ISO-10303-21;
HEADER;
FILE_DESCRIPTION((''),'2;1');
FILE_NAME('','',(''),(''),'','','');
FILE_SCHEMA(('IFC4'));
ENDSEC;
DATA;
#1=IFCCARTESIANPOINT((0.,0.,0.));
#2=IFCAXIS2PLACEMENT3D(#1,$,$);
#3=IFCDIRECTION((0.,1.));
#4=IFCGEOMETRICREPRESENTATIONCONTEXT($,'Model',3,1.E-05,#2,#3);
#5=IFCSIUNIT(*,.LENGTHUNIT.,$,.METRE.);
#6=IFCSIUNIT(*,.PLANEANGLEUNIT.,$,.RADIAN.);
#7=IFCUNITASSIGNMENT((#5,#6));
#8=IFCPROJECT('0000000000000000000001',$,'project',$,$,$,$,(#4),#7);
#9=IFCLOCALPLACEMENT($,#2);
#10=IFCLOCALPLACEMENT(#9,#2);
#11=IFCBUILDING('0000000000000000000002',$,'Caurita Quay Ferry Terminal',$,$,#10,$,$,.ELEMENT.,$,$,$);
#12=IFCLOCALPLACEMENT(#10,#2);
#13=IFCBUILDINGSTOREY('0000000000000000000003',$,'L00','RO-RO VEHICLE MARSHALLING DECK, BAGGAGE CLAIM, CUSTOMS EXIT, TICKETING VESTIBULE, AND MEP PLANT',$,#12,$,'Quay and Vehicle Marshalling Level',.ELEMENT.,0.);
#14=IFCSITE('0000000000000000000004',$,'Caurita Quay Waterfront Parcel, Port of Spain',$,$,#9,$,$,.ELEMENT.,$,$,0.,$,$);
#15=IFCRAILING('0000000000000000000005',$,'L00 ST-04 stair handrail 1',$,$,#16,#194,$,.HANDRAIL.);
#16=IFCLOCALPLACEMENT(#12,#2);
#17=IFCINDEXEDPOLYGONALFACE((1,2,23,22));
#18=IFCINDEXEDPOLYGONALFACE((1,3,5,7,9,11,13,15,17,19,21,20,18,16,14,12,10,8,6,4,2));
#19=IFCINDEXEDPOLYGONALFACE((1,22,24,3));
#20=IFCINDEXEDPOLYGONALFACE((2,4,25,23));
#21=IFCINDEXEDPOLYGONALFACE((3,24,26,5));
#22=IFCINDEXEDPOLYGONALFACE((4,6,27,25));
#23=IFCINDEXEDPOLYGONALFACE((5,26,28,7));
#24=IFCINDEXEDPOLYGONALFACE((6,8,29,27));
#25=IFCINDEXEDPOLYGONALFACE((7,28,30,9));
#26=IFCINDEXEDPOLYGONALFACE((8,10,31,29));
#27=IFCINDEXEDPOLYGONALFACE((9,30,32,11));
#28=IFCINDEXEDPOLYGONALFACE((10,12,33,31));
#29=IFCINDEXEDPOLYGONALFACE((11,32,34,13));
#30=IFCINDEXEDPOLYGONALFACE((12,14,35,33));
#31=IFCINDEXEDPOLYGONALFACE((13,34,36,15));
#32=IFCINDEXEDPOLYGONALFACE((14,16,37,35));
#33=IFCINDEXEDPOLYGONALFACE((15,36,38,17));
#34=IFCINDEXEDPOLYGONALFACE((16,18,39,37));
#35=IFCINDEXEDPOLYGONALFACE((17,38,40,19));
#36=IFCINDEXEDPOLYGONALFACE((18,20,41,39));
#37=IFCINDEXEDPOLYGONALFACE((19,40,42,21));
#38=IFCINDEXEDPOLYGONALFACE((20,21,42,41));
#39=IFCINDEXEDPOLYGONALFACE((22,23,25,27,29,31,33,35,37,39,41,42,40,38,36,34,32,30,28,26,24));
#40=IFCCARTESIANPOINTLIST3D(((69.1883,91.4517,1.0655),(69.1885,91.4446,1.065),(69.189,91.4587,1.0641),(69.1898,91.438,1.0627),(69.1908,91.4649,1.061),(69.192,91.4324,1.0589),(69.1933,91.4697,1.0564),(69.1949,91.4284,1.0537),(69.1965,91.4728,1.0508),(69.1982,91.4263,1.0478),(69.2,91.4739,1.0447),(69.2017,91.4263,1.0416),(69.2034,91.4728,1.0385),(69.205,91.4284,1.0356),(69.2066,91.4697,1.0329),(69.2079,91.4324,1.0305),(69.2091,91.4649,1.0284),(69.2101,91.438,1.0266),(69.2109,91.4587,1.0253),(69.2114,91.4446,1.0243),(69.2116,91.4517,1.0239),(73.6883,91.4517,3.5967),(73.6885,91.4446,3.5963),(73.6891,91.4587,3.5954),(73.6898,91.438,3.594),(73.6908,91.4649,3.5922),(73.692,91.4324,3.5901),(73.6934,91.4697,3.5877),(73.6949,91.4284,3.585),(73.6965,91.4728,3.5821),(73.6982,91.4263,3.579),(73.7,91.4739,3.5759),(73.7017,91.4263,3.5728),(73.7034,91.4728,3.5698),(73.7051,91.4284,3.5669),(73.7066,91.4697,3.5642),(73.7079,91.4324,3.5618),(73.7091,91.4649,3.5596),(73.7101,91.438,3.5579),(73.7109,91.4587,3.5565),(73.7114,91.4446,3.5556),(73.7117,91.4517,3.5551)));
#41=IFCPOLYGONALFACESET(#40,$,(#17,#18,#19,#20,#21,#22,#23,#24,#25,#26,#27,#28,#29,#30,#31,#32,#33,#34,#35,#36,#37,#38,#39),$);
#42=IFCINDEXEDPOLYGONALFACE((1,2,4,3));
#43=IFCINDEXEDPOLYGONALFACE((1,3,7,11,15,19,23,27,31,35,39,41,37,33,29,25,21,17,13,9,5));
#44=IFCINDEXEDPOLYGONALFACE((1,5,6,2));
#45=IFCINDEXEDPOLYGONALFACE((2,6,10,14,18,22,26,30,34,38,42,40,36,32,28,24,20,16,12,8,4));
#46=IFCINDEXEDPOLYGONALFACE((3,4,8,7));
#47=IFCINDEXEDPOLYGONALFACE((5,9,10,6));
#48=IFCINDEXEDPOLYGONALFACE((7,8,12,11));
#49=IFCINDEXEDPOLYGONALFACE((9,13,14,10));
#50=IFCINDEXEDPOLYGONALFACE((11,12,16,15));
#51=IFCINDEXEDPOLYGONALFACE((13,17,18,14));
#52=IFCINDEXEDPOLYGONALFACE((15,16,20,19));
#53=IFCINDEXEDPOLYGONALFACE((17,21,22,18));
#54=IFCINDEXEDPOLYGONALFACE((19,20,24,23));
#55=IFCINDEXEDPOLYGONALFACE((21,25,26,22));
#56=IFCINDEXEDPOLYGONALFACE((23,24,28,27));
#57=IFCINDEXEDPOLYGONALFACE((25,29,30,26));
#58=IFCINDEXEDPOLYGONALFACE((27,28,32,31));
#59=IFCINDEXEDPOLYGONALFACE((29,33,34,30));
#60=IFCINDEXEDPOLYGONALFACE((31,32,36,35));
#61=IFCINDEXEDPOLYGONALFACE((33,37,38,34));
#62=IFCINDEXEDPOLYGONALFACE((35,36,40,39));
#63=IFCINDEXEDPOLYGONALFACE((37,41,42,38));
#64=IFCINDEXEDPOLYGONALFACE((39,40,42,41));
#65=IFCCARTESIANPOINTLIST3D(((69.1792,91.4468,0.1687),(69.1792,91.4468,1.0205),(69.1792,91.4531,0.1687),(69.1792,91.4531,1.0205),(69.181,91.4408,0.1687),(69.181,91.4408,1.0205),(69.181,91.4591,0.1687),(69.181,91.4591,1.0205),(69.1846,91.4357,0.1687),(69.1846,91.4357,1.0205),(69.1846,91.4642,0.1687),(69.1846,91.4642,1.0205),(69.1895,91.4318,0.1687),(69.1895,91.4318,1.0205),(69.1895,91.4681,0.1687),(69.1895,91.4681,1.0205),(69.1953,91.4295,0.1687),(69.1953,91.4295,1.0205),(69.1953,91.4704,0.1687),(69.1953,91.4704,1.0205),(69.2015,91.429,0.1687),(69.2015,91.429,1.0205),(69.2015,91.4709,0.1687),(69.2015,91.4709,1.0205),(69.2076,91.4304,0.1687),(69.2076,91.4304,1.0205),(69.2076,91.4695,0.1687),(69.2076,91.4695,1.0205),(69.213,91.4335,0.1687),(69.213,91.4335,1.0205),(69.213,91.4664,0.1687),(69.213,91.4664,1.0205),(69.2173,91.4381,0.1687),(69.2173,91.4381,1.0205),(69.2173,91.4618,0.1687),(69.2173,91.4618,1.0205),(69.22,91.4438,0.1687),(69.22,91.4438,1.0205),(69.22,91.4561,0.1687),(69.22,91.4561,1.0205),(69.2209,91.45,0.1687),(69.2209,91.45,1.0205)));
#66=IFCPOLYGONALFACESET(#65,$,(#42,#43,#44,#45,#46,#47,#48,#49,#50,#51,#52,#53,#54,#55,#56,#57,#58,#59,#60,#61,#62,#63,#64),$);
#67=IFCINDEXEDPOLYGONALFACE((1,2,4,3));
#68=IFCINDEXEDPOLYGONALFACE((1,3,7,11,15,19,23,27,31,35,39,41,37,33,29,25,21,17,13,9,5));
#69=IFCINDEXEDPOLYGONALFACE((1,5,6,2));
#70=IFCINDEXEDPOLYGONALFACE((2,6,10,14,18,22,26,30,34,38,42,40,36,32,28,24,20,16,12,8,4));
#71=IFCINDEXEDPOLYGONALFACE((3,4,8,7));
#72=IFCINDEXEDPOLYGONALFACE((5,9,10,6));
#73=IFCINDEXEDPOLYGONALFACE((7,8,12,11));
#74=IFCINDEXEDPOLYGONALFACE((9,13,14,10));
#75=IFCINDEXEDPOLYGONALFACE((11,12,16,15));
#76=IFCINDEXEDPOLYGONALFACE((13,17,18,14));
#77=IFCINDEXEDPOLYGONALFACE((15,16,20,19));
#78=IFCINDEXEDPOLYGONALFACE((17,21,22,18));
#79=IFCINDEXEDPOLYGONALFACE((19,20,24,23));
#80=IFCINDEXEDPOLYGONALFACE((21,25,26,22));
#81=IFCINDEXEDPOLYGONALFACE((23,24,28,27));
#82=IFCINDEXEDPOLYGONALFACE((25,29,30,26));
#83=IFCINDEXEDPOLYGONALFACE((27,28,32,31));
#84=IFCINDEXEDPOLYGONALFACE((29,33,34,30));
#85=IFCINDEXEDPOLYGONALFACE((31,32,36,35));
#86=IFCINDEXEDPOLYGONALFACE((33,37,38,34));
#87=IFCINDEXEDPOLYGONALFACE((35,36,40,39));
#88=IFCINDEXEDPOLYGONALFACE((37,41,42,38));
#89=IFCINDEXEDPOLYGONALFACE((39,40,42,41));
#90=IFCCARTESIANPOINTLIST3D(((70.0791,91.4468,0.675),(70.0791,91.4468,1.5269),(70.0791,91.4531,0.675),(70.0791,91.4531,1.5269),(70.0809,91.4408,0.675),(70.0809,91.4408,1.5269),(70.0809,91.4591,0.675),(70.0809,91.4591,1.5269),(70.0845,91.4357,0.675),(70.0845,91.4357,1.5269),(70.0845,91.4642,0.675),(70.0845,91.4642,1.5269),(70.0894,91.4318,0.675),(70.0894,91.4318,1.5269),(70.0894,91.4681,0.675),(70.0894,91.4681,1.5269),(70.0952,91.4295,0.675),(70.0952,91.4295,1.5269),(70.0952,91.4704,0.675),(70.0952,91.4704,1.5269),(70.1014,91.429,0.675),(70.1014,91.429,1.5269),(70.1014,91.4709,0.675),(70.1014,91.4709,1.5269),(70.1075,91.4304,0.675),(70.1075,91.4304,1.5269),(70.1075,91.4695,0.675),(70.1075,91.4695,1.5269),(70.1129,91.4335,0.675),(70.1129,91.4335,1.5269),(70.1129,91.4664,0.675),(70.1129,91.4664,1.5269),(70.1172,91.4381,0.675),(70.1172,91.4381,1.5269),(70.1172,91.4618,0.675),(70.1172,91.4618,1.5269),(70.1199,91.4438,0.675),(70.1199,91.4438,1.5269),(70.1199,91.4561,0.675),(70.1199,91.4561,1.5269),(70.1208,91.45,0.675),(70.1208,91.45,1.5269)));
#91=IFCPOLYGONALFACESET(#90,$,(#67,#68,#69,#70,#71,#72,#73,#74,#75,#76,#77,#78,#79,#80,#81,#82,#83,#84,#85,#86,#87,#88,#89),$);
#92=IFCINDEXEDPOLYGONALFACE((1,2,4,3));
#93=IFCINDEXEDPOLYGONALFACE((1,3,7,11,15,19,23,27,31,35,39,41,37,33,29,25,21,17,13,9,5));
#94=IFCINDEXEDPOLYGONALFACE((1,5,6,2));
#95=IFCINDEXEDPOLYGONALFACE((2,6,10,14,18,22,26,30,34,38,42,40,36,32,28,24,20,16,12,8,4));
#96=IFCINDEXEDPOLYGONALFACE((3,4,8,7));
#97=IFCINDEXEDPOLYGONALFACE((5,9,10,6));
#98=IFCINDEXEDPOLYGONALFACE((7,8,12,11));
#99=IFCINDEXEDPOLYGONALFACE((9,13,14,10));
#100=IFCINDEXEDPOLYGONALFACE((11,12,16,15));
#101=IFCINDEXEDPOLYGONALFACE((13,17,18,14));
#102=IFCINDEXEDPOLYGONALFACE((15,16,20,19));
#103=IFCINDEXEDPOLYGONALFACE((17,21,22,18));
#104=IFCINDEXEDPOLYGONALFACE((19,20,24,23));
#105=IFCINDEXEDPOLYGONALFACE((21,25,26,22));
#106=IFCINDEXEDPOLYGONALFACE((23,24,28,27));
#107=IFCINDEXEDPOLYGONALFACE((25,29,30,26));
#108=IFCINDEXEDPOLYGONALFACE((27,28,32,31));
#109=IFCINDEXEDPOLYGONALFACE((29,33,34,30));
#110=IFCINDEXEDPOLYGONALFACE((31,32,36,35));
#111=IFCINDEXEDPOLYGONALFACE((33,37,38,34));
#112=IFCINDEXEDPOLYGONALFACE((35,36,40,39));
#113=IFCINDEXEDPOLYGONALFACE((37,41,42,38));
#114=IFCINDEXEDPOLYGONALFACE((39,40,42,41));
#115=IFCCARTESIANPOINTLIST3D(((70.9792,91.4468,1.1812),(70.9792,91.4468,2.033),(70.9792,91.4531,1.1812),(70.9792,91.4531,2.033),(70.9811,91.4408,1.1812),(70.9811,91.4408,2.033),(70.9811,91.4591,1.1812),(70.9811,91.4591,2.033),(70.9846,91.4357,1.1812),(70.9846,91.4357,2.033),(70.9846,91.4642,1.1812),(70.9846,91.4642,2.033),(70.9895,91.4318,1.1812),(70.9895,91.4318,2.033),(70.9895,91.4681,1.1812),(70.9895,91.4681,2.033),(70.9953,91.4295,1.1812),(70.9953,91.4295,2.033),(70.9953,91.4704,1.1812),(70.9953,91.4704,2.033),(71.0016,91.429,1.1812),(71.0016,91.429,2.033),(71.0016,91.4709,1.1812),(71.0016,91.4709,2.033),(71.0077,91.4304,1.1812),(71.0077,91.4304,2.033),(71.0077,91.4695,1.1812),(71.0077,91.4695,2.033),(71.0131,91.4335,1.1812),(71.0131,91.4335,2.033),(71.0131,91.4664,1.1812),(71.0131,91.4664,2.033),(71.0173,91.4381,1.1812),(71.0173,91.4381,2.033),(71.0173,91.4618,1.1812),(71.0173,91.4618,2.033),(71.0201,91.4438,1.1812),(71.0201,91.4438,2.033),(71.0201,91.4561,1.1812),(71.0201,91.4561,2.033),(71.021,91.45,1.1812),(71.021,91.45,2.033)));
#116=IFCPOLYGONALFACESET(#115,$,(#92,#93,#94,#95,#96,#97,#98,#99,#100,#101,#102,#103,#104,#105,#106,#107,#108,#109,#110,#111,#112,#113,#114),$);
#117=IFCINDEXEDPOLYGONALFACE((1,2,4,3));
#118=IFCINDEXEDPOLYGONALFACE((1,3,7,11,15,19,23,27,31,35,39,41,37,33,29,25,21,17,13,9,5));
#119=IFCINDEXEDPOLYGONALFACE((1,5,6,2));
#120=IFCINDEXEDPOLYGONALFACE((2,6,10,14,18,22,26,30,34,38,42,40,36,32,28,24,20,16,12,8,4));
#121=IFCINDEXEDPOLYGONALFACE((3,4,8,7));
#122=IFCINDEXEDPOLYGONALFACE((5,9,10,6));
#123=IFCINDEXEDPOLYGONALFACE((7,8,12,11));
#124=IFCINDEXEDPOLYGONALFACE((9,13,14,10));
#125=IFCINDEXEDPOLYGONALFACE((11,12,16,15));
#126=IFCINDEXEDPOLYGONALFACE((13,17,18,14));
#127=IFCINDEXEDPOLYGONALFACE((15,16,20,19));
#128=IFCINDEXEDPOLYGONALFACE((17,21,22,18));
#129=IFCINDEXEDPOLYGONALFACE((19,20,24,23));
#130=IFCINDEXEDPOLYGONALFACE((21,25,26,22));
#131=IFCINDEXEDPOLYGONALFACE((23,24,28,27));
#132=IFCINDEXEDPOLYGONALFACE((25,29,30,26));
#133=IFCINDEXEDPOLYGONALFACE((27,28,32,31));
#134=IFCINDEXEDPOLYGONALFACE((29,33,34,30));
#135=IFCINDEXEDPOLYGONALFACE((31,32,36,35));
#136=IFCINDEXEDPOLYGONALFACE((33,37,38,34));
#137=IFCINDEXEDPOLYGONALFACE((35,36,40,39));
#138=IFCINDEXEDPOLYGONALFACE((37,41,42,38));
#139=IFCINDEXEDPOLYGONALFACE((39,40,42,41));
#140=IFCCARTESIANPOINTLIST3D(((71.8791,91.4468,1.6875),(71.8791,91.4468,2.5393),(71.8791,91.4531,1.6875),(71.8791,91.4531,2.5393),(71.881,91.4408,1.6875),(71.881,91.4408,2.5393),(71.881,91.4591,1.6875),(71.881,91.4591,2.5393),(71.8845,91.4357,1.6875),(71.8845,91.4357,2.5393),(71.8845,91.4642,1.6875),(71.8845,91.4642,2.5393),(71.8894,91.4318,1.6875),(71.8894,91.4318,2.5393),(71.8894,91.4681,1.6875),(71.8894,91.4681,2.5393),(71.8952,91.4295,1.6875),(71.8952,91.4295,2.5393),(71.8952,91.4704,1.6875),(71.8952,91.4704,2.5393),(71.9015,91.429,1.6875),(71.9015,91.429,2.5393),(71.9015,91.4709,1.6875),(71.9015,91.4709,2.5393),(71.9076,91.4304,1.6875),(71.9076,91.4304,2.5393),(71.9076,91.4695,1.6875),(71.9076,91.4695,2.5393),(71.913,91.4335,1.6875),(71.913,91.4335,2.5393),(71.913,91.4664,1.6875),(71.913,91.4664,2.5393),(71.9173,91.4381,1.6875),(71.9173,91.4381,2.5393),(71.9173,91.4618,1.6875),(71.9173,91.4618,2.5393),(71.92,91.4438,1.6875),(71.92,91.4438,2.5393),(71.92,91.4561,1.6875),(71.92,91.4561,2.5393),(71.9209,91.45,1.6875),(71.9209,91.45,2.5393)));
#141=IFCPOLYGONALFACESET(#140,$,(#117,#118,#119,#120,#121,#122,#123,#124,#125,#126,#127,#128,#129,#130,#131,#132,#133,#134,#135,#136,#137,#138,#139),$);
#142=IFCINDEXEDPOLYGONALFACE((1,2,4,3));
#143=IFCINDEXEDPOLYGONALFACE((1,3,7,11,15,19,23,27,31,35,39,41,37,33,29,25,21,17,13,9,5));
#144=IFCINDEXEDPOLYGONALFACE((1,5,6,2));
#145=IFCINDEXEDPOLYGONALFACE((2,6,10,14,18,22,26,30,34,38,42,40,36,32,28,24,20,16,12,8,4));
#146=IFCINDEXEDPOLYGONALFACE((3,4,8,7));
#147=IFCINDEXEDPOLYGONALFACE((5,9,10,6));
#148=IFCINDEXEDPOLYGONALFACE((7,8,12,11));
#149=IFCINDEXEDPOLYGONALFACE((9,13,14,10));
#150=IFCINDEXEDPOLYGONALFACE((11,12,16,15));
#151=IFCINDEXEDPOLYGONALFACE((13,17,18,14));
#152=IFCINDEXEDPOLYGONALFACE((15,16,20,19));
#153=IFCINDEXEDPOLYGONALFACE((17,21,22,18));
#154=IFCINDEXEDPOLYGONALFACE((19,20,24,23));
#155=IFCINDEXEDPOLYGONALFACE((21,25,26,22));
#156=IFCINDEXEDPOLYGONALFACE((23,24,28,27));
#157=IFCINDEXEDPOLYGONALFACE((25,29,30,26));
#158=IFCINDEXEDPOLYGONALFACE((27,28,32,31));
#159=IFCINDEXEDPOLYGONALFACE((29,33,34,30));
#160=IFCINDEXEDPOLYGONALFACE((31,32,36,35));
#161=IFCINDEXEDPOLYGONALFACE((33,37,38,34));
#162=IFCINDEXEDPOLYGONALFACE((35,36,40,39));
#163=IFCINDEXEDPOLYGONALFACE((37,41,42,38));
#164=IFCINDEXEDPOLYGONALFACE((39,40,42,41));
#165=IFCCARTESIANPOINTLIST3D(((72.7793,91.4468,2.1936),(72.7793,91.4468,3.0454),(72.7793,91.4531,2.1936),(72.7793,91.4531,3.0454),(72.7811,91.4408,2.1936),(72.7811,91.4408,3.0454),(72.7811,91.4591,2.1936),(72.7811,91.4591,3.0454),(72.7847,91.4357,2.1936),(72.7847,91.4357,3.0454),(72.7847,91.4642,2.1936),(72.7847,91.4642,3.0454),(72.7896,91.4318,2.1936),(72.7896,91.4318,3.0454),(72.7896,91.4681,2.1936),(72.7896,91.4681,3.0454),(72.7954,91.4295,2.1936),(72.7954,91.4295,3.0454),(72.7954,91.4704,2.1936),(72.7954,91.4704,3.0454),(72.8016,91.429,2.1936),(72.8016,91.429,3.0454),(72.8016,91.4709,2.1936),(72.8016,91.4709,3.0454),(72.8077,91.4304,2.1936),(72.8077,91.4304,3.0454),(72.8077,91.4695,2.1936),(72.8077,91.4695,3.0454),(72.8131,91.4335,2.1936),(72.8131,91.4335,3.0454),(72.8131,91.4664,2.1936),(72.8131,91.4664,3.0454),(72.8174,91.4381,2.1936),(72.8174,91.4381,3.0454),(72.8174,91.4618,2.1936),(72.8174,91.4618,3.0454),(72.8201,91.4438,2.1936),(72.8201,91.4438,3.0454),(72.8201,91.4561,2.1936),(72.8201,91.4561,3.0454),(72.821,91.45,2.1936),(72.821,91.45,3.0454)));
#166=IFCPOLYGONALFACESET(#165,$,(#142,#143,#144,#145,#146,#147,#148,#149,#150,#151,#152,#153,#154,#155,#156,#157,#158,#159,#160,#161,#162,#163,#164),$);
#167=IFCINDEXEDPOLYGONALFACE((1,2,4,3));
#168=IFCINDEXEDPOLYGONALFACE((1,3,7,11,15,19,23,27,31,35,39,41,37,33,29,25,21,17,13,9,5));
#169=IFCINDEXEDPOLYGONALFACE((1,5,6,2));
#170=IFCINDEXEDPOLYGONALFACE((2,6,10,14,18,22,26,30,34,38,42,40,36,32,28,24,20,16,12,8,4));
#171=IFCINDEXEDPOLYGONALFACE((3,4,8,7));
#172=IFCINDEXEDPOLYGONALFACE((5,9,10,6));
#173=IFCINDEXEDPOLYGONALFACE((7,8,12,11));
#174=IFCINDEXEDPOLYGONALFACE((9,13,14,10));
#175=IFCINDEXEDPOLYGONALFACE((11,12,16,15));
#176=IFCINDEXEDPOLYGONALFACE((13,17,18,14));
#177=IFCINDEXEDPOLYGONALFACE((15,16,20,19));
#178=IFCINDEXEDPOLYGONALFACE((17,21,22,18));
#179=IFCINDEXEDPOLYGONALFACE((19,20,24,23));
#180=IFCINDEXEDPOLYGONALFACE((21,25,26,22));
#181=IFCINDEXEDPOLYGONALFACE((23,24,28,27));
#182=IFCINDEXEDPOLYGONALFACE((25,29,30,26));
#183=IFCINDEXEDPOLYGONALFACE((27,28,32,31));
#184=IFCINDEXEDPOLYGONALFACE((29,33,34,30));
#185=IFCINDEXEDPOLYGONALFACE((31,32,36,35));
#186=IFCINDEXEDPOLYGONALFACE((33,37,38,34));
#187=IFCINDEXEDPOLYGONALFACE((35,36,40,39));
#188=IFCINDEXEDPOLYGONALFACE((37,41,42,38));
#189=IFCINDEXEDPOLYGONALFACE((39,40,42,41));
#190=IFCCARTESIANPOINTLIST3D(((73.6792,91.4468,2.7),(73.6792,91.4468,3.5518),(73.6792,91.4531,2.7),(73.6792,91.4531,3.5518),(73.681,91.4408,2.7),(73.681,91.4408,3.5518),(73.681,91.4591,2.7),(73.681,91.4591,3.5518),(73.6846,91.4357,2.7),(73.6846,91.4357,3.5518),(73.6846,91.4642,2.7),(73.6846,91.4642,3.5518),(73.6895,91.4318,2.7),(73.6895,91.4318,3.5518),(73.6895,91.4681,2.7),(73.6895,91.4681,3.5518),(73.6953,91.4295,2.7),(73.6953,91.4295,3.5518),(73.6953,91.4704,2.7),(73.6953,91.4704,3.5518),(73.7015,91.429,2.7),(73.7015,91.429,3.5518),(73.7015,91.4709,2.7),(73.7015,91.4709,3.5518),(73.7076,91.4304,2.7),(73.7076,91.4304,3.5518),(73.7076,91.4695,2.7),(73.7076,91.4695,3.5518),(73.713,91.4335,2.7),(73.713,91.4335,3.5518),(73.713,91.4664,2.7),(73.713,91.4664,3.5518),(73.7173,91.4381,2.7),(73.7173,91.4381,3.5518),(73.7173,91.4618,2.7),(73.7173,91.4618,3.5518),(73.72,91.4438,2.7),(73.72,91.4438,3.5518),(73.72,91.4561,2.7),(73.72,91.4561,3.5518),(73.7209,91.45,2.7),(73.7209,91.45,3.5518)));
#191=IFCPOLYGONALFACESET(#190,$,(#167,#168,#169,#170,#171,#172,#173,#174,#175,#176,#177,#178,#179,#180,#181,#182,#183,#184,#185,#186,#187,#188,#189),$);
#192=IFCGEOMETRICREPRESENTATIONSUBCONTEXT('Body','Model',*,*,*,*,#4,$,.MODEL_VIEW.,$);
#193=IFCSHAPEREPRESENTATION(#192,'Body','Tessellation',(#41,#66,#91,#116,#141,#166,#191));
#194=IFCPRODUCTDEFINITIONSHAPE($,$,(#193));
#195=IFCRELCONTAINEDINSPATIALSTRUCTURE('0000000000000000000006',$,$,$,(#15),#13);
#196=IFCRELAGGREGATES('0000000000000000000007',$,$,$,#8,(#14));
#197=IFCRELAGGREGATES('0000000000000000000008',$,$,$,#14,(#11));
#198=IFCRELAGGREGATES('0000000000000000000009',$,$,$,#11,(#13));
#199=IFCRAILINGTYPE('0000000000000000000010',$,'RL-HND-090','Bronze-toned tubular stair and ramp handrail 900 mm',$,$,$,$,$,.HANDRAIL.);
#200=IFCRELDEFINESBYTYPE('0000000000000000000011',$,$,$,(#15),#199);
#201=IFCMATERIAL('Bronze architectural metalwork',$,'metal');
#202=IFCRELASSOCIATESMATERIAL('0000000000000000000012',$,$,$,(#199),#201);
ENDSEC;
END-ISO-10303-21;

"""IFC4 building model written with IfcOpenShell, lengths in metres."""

from ifc_helpers import new_model, si_unit, direction, frame, origin, origin_2d, place, context, subcontext, project, spatial, circle, extrude, material, type_object, element, save


model = new_model("IFC4")

# Units and contexts
model_context = context("Model", 3, precision=1e-05, world=origin(), true_north=direction((0.0, 1.0)))
body_context = subcontext(model_context, "Body", "Model", "MODEL_VIEW")
ifc_project = project(units=[si_unit("LENGTHUNIT", "METRE"), si_unit("PLANEANGLEUNIT", "RADIAN")], contexts=[model_context])

# Site, building, storey
site_placement = place(None, origin())
site = spatial("IfcSite", under=ifc_project, at=site_placement, Name="Caurita Quay Waterfront Parcel, Port of Spain", CompositionType="ELEMENT", RefElevation=0.0)
building_placement = place(site_placement, origin())
building = spatial("IfcBuilding", under=site, at=building_placement, Name="Caurita Quay Ferry Terminal", CompositionType="ELEMENT")
storey_placement = place(building_placement, origin())
storey = spatial("IfcBuildingStorey", under=building, at=storey_placement, Name="L00", Description="RO-RO VEHICLE MARSHALLING DECK, BAGGAGE CLAIM, CUSTOMS EXIT, TICKETING VESTIBULE, AND MEP PLANT", LongName="Quay and Vehicle Marshalling Level", CompositionType="ELEMENT", Elevation=0.0)

# Railing
ifc_material_1 = material(Name="Bronze architectural metalwork", Category="metal")
railing_type_1 = type_object("IfcRailingType", Name="RL-HND-090", Description="Bronze-toned tubular stair and ramp handrail 900 mm", PredefinedType="HANDRAIL", material=ifc_material_1)
railing_1_placement = place(storey_placement, frame((69.2, 91.45, 0.1687)))
element("IfcRailing", 1, at=railing_1_placement, inside=storey, type_object=railing_type_1, Name="L00 ST-04 stair handrail 1", PredefinedType="HANDRAIL", context=body_context, shape_type="SweptSolid", body=[
    extrude(circle(Radius=0.0239, at=origin_2d()), frame((0.0, 0.0, 0.876), z_axis=(0.871576, 0.0, 0.490261), x_axis=(0.0, 1.0, 0.0)), (0.0, 0.0, 1.0), 5.1631),
    extrude(circle(Radius=0.021, at=origin_2d()), origin(), (0.0, 0.0, 1.0), 0.8518),
    extrude(circle(Radius=0.021, at=origin_2d()), frame((0.8999, 0.0, 0.5063)), (0.0, 0.0, 1.0), 0.8518),
    extrude(circle(Radius=0.021, at=origin_2d()), frame((1.8, 0.0, 1.0125)), (0.0, 0.0, 1.0), 0.8518),
    extrude(circle(Radius=0.021, at=origin_2d()), frame((2.7, 0.0, 1.5188)), (0.0, 0.0, 1.0), 0.8518),
    extrude(circle(Radius=0.021, at=origin_2d()), frame((3.6001, 0.0, 2.0249)), (0.0, 0.0, 1.0), 0.8518),
    extrude(circle(Radius=0.021, at=origin_2d()), frame((4.5, 0.0, 2.5312)), (0.0, 0.0, 1.0), 0.8518),
])

save(model, "model.ifc")
